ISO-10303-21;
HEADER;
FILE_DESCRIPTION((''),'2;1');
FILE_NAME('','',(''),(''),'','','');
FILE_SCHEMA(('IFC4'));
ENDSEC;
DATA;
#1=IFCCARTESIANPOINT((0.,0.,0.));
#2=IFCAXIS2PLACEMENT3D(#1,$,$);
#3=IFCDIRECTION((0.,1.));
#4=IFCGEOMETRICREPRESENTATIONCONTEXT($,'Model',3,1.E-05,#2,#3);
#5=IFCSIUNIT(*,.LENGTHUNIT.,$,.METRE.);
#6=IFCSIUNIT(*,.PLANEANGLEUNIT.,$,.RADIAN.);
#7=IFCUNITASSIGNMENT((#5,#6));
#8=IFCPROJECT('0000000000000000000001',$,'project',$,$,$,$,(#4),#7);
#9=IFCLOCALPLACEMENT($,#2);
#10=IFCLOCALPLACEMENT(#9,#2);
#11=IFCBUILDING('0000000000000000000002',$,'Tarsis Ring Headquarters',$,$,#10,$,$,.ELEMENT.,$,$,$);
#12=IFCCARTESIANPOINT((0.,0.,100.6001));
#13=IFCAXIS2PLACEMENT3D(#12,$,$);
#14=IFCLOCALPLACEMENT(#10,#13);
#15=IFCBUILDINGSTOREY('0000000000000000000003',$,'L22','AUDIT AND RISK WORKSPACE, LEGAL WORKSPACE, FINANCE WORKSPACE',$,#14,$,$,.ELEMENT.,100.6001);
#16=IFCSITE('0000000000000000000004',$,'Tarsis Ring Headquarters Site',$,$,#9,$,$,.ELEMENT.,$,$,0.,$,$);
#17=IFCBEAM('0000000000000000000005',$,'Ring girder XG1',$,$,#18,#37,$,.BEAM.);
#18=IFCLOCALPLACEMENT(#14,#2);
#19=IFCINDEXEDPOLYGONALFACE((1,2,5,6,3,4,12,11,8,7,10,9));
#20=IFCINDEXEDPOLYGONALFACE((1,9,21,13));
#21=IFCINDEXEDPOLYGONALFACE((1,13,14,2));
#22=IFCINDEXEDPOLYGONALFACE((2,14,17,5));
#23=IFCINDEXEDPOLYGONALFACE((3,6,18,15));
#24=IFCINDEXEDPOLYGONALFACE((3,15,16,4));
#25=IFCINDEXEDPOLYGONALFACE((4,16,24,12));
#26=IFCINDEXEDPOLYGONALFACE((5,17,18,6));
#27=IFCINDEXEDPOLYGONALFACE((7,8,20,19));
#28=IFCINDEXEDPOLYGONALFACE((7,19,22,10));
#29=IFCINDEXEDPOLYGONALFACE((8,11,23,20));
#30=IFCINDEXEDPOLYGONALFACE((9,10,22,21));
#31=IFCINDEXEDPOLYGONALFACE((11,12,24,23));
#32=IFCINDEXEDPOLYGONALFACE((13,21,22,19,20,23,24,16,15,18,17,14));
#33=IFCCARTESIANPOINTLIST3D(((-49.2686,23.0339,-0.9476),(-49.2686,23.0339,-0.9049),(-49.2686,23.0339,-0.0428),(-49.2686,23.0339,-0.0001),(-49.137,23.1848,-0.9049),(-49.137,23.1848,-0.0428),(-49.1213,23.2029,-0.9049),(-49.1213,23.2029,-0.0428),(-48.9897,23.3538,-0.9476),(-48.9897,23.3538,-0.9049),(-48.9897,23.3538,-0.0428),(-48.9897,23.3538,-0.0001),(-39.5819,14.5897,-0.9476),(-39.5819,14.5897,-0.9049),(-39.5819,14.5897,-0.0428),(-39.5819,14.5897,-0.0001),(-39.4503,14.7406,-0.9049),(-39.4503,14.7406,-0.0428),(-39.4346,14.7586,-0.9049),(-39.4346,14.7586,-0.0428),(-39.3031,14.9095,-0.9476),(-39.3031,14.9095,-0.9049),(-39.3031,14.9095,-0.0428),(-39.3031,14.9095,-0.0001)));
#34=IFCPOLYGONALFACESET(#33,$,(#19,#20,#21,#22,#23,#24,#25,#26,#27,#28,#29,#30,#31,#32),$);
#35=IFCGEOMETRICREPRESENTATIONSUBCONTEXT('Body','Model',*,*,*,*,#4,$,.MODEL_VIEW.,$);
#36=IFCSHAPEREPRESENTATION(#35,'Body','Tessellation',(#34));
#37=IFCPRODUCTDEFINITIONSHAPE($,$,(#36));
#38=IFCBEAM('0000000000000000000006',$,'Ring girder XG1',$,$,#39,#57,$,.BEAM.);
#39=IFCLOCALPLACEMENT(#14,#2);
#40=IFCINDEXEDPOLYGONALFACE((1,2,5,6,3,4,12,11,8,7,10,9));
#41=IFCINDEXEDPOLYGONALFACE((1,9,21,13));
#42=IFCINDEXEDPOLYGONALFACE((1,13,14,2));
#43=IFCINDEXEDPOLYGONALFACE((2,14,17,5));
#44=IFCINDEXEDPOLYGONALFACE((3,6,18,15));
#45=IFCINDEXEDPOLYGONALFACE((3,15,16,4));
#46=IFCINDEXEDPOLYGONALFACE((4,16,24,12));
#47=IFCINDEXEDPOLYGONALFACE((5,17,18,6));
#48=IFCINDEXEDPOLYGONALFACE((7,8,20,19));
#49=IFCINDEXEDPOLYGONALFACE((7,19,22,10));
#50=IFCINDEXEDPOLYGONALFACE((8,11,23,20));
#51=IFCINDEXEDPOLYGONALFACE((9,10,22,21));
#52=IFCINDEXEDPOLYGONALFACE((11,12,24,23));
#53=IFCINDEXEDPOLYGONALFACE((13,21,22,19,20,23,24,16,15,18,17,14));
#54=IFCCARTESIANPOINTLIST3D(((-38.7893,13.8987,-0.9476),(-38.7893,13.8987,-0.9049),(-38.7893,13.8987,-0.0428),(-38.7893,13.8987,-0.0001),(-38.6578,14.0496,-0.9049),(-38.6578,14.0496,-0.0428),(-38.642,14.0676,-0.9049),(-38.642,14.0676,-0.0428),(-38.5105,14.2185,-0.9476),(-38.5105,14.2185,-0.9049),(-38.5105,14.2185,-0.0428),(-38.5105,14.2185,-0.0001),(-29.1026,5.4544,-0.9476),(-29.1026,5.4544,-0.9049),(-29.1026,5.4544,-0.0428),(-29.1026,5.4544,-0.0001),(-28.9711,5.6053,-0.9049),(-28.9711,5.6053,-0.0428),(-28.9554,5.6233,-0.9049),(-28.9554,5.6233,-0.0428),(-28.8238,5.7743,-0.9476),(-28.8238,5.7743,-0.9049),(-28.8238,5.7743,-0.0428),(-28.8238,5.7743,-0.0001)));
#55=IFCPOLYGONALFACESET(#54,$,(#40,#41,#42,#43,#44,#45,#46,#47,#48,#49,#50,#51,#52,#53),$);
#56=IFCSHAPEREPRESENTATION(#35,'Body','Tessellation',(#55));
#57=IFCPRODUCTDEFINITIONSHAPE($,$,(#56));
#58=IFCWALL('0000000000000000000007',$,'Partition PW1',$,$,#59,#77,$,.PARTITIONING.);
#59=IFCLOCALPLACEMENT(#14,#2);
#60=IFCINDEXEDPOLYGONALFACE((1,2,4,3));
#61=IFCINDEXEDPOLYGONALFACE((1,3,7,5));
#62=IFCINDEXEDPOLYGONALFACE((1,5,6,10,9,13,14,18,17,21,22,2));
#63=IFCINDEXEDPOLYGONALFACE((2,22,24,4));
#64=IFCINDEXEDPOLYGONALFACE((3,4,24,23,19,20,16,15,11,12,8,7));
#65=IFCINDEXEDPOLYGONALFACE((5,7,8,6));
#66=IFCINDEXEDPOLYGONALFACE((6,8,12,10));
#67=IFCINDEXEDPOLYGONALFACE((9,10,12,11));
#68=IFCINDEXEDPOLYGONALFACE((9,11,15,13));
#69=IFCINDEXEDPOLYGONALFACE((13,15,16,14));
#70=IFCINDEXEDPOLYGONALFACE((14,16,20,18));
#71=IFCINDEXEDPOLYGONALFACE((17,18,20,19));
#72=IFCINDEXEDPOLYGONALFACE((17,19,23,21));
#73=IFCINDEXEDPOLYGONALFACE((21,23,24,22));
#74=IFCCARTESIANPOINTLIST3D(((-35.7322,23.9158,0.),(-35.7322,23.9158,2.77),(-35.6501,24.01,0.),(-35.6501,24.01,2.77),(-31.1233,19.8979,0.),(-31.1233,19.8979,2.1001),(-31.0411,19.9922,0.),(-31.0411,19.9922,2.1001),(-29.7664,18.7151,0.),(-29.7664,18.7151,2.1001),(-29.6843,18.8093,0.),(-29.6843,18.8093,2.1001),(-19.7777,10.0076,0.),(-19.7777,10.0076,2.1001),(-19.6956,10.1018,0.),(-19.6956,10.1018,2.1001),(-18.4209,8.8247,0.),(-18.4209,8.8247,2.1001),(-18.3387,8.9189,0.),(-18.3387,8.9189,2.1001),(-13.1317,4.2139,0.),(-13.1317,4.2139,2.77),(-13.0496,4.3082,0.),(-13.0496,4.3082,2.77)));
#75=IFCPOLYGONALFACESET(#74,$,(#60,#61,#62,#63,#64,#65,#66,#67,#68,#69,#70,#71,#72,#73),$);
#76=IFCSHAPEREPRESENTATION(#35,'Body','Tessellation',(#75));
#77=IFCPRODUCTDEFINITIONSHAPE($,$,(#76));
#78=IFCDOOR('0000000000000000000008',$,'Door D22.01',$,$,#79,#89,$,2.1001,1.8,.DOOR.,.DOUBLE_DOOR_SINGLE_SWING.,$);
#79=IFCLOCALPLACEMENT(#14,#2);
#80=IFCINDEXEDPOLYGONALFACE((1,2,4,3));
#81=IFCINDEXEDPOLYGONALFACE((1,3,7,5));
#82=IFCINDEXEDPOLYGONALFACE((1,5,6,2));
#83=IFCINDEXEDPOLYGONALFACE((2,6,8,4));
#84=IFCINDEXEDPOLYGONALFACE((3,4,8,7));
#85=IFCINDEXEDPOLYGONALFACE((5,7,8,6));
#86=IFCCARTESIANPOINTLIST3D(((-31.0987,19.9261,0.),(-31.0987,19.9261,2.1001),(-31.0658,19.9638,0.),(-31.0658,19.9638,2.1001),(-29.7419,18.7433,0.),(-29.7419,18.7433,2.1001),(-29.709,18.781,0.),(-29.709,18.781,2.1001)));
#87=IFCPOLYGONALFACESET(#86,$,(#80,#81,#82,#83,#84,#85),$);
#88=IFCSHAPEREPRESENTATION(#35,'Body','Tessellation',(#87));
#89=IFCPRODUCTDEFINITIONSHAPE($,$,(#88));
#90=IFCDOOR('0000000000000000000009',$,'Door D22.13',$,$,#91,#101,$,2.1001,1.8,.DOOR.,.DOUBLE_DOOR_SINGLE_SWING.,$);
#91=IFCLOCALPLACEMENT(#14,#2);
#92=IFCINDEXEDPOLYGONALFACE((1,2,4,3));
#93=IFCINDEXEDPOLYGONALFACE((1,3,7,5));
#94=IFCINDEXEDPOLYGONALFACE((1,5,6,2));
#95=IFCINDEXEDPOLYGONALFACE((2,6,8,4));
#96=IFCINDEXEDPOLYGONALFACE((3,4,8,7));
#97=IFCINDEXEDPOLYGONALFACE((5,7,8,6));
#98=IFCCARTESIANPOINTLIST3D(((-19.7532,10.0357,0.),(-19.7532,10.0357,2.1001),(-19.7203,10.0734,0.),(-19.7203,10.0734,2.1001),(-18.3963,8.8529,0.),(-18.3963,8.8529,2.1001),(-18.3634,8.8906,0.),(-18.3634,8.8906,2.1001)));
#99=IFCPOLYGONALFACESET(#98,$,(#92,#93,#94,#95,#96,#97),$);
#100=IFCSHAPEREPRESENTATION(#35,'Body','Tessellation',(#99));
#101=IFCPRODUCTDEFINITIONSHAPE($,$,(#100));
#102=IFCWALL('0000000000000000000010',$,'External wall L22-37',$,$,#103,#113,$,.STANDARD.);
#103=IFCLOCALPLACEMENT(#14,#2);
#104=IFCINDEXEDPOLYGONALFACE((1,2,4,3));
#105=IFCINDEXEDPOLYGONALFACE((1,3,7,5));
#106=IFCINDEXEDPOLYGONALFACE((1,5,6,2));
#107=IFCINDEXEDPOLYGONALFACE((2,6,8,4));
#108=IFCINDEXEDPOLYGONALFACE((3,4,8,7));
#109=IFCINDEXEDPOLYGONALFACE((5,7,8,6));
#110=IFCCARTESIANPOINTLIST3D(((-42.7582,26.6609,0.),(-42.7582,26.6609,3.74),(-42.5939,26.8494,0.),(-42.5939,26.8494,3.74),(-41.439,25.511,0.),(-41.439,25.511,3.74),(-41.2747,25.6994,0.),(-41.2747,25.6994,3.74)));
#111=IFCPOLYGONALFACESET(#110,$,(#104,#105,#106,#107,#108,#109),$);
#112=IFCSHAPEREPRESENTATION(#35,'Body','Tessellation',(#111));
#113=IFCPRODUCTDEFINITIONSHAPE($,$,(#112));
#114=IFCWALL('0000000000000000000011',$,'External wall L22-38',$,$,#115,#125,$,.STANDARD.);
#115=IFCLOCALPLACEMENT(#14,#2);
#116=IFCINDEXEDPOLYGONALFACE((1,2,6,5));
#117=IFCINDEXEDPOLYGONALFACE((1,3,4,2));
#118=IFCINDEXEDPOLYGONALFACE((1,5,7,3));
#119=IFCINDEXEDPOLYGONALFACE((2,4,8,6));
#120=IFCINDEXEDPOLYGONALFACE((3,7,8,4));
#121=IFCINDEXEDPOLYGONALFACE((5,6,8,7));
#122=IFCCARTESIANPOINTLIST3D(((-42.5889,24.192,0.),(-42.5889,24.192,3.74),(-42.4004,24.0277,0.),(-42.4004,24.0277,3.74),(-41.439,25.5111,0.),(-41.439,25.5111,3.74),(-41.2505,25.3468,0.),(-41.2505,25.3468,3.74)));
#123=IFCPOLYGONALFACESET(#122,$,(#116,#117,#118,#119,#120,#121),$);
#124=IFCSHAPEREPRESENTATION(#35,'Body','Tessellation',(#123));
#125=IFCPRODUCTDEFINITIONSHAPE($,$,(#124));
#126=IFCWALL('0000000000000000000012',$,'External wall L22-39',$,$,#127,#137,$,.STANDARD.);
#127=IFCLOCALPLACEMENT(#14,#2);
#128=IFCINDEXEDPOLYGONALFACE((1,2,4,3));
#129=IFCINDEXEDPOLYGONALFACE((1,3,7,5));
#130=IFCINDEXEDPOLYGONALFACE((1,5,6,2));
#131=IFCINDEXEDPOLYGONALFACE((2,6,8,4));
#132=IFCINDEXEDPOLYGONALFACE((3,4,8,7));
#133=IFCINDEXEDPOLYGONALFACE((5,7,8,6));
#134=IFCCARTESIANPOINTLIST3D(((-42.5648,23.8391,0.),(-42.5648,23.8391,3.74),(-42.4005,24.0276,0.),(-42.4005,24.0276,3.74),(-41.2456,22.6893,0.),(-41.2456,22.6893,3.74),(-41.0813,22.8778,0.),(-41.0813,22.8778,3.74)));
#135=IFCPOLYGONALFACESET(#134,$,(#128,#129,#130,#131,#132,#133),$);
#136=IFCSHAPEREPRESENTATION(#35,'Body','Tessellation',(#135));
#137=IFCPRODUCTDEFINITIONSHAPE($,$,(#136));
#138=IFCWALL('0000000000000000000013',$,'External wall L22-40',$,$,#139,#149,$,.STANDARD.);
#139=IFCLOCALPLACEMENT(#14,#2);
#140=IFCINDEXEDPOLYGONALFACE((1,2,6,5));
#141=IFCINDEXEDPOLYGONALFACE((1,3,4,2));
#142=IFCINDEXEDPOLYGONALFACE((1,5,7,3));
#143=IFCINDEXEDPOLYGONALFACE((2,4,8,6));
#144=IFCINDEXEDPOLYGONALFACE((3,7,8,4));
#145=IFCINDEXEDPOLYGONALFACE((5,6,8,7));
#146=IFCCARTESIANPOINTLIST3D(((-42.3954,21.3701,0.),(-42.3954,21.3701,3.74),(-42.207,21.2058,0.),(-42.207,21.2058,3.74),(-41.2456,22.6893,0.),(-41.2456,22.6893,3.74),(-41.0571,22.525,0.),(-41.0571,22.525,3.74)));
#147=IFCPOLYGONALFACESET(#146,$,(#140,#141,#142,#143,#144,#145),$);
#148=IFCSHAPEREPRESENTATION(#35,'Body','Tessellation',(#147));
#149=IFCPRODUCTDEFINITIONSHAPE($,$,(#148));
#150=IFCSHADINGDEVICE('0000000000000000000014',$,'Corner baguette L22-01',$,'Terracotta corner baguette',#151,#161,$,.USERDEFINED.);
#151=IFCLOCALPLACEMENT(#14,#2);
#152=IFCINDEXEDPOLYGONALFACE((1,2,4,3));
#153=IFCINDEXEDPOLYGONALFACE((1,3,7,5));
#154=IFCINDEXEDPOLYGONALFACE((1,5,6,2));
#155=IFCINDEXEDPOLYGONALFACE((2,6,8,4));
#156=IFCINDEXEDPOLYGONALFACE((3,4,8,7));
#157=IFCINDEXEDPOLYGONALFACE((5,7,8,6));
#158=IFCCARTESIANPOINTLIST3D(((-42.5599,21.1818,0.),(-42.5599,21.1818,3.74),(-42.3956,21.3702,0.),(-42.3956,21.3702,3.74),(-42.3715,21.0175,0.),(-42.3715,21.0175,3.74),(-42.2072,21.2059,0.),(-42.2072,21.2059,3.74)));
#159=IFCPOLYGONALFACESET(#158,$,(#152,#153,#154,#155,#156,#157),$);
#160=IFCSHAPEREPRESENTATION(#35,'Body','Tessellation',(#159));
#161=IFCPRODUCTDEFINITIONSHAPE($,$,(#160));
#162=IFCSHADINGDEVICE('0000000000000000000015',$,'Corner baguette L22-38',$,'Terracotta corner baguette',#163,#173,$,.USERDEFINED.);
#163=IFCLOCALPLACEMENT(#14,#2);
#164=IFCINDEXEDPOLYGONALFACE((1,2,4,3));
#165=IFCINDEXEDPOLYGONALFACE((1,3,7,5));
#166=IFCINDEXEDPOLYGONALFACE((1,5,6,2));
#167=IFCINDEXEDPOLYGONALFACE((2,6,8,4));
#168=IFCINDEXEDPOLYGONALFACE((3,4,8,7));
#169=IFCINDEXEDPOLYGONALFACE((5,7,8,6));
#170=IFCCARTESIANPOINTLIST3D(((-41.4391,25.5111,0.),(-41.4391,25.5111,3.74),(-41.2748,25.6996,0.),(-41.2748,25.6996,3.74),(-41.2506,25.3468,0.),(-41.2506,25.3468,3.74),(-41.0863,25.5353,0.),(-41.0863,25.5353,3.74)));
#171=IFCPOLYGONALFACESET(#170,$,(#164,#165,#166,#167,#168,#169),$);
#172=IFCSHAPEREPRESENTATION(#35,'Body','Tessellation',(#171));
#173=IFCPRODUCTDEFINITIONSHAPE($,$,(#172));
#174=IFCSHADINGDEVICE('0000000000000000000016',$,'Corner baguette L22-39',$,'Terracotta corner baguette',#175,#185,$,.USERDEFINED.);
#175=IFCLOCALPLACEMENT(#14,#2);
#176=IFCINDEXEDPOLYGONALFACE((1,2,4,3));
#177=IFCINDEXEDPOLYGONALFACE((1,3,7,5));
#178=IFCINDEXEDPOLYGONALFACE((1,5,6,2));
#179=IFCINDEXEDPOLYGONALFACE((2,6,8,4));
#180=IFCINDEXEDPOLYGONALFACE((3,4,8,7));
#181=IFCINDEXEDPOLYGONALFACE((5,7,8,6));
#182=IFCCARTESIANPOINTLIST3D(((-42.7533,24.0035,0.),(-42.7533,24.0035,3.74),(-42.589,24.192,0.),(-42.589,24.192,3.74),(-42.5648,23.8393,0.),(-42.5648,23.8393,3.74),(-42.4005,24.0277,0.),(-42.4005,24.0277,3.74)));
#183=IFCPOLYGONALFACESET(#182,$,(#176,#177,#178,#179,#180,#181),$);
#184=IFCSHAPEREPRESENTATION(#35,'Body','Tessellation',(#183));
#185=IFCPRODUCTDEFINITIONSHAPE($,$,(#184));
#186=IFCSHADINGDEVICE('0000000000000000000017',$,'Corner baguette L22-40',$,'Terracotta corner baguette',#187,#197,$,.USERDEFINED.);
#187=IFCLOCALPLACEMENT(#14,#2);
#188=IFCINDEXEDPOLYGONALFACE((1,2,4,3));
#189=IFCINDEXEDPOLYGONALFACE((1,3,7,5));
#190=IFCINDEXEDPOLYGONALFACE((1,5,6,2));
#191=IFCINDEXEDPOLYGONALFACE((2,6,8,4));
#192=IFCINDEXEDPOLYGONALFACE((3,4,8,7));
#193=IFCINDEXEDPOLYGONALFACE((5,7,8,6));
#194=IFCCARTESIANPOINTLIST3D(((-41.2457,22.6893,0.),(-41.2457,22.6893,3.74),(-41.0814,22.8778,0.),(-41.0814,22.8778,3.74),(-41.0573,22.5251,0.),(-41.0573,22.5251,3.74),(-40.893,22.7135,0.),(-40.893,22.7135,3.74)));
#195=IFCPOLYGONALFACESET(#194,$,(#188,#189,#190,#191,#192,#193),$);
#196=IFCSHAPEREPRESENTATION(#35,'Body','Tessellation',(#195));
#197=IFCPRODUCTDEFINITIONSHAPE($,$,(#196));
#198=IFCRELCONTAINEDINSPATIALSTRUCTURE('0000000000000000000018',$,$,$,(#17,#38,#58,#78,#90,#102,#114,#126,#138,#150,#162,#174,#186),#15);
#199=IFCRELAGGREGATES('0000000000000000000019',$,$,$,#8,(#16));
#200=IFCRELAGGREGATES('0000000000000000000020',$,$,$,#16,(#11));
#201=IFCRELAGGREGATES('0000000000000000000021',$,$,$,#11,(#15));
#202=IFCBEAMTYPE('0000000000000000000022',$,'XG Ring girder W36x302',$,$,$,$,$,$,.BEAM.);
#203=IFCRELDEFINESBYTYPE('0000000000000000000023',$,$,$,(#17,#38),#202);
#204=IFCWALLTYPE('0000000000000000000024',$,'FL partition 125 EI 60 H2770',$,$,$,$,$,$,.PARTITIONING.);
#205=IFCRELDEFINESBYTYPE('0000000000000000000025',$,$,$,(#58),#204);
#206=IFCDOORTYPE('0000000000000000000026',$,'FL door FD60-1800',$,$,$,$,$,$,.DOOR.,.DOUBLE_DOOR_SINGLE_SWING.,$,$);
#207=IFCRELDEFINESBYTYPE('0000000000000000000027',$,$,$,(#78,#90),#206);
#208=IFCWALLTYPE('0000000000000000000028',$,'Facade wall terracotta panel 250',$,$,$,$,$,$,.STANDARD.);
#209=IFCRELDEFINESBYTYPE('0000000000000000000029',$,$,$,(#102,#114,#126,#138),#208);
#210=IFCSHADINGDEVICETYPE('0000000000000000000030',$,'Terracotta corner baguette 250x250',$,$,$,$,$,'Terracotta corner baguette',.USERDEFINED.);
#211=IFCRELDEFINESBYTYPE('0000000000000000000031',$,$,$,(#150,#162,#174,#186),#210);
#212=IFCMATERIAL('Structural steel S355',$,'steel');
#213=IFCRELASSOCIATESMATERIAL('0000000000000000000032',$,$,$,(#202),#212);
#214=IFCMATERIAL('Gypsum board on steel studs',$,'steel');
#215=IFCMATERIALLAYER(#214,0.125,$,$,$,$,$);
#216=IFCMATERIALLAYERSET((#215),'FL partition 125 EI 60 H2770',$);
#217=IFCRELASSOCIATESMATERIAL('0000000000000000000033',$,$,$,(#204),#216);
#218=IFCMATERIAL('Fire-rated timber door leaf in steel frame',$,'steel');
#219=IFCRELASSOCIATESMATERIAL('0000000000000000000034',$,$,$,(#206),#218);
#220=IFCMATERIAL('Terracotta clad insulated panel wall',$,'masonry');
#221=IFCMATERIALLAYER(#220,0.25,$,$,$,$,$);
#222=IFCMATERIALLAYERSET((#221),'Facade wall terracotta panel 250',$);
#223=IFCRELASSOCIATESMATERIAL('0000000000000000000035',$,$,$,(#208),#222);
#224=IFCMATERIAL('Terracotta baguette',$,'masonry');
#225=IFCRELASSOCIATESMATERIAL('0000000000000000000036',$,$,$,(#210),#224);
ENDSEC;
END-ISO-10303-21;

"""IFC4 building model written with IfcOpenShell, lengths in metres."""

from ifc_helpers import new_model, si_unit, direction, frame, frame_2d, origin, origin_2d, place, context, subcontext, project, spatial, rectangle, i_section, extrude, material, layer, layer_set, material_profile, profile_set, type_object, element, fill, save


model = new_model("IFC4")

# Units and contexts
model_context = context("Model", 3, precision=1e-05, world=origin(), true_north=direction((0.0, 1.0)))
body_context = subcontext(model_context, "Body", "Model", "MODEL_VIEW")
ifc_project = project(units=[si_unit("LENGTHUNIT", "METRE"), si_unit("PLANEANGLEUNIT", "RADIAN")], contexts=[model_context])

# Site, building, storey
site_placement = place(None, origin())
site = spatial("IfcSite", under=ifc_project, at=site_placement, Name="Tarsis Ring Headquarters Site", CompositionType="ELEMENT", RefElevation=0.0)
building_placement = place(site_placement, origin())
building = spatial("IfcBuilding", under=site, at=building_placement, Name="Tarsis Ring Headquarters", CompositionType="ELEMENT")
storey_placement = place(building_placement, frame((0.0, 0.0, 100.6001)))
storey = spatial("IfcBuildingStorey", under=building, at=storey_placement, Name="L22", Description="AUDIT AND RISK WORKSPACE, LEGAL WORKSPACE, FINANCE WORKSPACE", CompositionType="ELEMENT", Elevation=100.6001)

# Shared definitions
ifc_material_1 = material(Name="Structural steel S355", Category="steel")

# Beams
ifc_material_profile_1 = material_profile(ifc_material_1, i_section(OverallWidth=0.4243, OverallDepth=0.9475, WebThickness=0.0239, FlangeThickness=0.0427, at=origin_2d()), Name="W36x302")
ifc_profile_set_1 = profile_set([ifc_material_profile_1], Name="Structural steel S355")
beam_type = type_object("IfcBeamType", Name="XG Ring girder W36x302", PredefinedType="BEAM", material=ifc_profile_set_1)
for number, where, z_axis, x_axis, name in (
    (1, (-49.1292, 23.1938, -0.4739), (0.753793, -0.657111, 0.0), (0.657111, 0.753793, 0.0), "Ring girder XG1"),
    (2, (-38.6499, 14.0586, -0.4739), (0.753793, -0.657111, 0.0), (0.657111, 0.753793, 0.0), "Ring girder XG1"),
):
    element("IfcBeam", number, at=place(storey_placement, frame(where, z_axis=z_axis, x_axis=x_axis)), inside=storey, type_object=beam_type, Name=name, PredefinedType="BEAM", context=body_context, shape_type="SweptSolid", body=[
        extrude(i_section(OverallWidth=0.4243, OverallDepth=0.9475, WebThickness=0.0239, FlangeThickness=0.0427, at=origin_2d()), origin(), (0.0, 0.0, 1.0), 12.8506),
    ])

# Wall, openings, doors
ifc_material_2 = material(Name="Gypsum board on steel studs", Category="steel")
ifc_layer_1 = layer(ifc_material_2, 0.125)
ifc_layer_set_1 = layer_set([ifc_layer_1], Name="FL partition 125 EI 60 H2770")
wall_type_1 = type_object("IfcWallType", Name="FL partition 125 EI 60 H2770", PredefinedType="PARTITIONING", material=ifc_layer_set_1)
wall_1_placement = place(storey_placement, frame((-35.6912, 23.9629, 0.0), z_axis=(0.0, 0.0, 1.0), x_axis=(0.753792, -0.657113, 0.0)))
wall_1 = element("IfcWall", 3, at=wall_1_placement, inside=storey, type_object=wall_type_1, Name="Partition PW1", PredefinedType="PARTITIONING", context=body_context, shape_type="SweptSolid", body=[
    extrude(rectangle(XDim=29.9824, YDim=0.125, at=frame_2d((14.9912, 0.0))), origin(), (0.0, 0.0, 1.0), 2.77),
])
opening_1_placement = place(wall_1_placement, frame((6.1145, 0.0, 0.0)))
opening_1 = element("IfcOpeningElement", 4, at=opening_1_placement, cuts=wall_1, PredefinedType="OPENING", context=body_context, shape_type="SweptSolid", body=[
    extrude(rectangle(XDim=1.8, YDim=2.1001, at=frame_2d((0.8999, 1.05))), frame((0.0, 0.0725, 0.0), z_axis=(0.0, -1.0, 0.0), x_axis=(1.0, 0.0, 0.0)), (0.0, 0.0, 1.0), 0.145),
])
opening_2_placement = place(wall_1_placement, frame((21.1658, 0.0, 0.0)))
opening_2 = element("IfcOpeningElement", 5, at=opening_2_placement, cuts=wall_1, PredefinedType="OPENING", context=body_context, shape_type="SweptSolid", body=[
    extrude(rectangle(XDim=1.8, YDim=2.1001, at=frame_2d((0.8999, 1.05))), frame((0.0, 0.0725, 0.0), z_axis=(0.0, -1.0, 0.0), x_axis=(1.0, 0.0, 0.0)), (0.0, 0.0, 1.0), 0.145),
])
ifc_material_3 = material(Name="Fire-rated timber door leaf in steel frame", Category="steel")
door_type_1 = type_object("IfcDoorType", Name="FL door FD60-1800", OperationType="DOUBLE_DOOR_SINGLE_SWING", PredefinedType="DOOR", material=ifc_material_3)
door_1_placement = place(opening_1_placement, origin())
door_1 = element("IfcDoor", 6, at=door_1_placement, inside=storey, type_object=door_type_1, Name="Door D22.01", OperationType="DOUBLE_DOOR_SINGLE_SWING", OverallHeight=2.1001, OverallWidth=1.8, PredefinedType="DOOR", context=body_context, shape_type="SweptSolid", body=[
    extrude(rectangle(XDim=1.8, YDim=2.1001, at=frame_2d((0.8999, 1.05))), frame((0.0, 0.0249, 0.0), z_axis=(0.0, -1.0, 0.0), x_axis=(1.0, 0.0, 0.0)), (0.0, 0.0, 1.0), 0.05),
])
fill(opening_1, door_1)
door_2_placement = place(opening_2_placement, origin())
door_2 = element("IfcDoor", 7, at=door_2_placement, inside=storey, type_object=door_type_1, Name="Door D22.13", OperationType="DOUBLE_DOOR_SINGLE_SWING", OverallHeight=2.1001, OverallWidth=1.8, PredefinedType="DOOR", context=body_context, shape_type="SweptSolid", body=[
    extrude(rectangle(XDim=1.8, YDim=2.1001, at=frame_2d((0.8999, 1.05))), frame((0.0, 0.0249, 0.0), z_axis=(0.0, -1.0, 0.0), x_axis=(1.0, 0.0, 0.0)), (0.0, 0.0, 1.0), 0.05),
])
fill(opening_2, door_2)

# Shared definitions
ifc_material_4 = material(Name="Terracotta clad insulated panel wall", Category="masonry")
ifc_layer_2 = layer(ifc_material_4, 0.25)
ifc_layer_set_2 = layer_set([ifc_layer_2], Name="Facade wall terracotta panel 250")
wall_type_2 = type_object("IfcWallType", Name="Facade wall terracotta panel 250", PredefinedType="STANDARD", material=ifc_layer_set_2)

# Walls
for number, where, z_axis, x_axis, name in (
    (8, (-42.676, 26.7551, 0.0), (0.0, 0.0, 1.0), (0.753794, -0.657111, 0.0), "External wall L22-37"),
    (9, (-41.3447, 25.429, 0.0), (0.0, 0.0, 1.0), (-0.657111, -0.753794, 0.0), "External wall L22-38"),
    (10, (-42.4827, 23.9333, 0.0), (0.0, 0.0, 1.0), (0.753854, -0.657042, 0.0), "External wall L22-39"),
    (11, (-41.1514, 22.6072, 0.0), (0.0, 0.0, 1.0), (-0.657042, -0.753854, 0.0), "External wall L22-40"),
):
    element("IfcWall", number, at=place(storey_placement, frame(where, z_axis=z_axis, x_axis=x_axis)), inside=storey, type_object=wall_type_2, Name=name, PredefinedType="STANDARD", context=body_context, shape_type="SweptSolid", body=[
        extrude(rectangle(XDim=1.75, YDim=0.25, at=frame_2d((0.875, 0.0))), origin(), (0.0, 0.0, 1.0), 3.74),
    ])

# Shading devices
ifc_material_5 = material(Name="Terracotta baguette", Category="masonry")
shading_device_type_1 = type_object("IfcShadingDeviceType", Name="Terracotta corner baguette 250x250", ElementType="Terracotta corner baguette", PredefinedType="USERDEFINED", material=ifc_material_5)
for number, where, z_axis, x_axis, name in (
    (12, (-42.3835, 21.1938, 0.0), (0.0, 0.0, 1.0), (-0.657112, -0.753793, 0.0), "Corner baguette L22-01"),
    (13, (-41.2627, 25.5232, 0.0), (0.0, 0.0, 1.0), (0.753793, -0.657112, 0.0), "Corner baguette L22-38"),
    (14, (-42.5769, 24.0156, 0.0), (0.0, 0.0, 1.0), (-0.657112, -0.753793, 0.0), "Corner baguette L22-39"),
    (15, (-41.0693, 22.7014, 0.0), (0.0, 0.0, 1.0), (0.753793, -0.657112, 0.0), "Corner baguette L22-40"),
):
    element("IfcShadingDevice", number, at=place(storey_placement, frame(where, z_axis=z_axis, x_axis=x_axis)), inside=storey, type_object=shading_device_type_1, Name=name, ObjectType="Terracotta corner baguette", PredefinedType="USERDEFINED", context=body_context, shape_type="SweptSolid", body=[
        extrude(rectangle(XDim=0.25, YDim=0.25, at=origin_2d()), origin(), (0.0, 0.0, 1.0), 3.74),
    ])

save(model, "model.ifc")
